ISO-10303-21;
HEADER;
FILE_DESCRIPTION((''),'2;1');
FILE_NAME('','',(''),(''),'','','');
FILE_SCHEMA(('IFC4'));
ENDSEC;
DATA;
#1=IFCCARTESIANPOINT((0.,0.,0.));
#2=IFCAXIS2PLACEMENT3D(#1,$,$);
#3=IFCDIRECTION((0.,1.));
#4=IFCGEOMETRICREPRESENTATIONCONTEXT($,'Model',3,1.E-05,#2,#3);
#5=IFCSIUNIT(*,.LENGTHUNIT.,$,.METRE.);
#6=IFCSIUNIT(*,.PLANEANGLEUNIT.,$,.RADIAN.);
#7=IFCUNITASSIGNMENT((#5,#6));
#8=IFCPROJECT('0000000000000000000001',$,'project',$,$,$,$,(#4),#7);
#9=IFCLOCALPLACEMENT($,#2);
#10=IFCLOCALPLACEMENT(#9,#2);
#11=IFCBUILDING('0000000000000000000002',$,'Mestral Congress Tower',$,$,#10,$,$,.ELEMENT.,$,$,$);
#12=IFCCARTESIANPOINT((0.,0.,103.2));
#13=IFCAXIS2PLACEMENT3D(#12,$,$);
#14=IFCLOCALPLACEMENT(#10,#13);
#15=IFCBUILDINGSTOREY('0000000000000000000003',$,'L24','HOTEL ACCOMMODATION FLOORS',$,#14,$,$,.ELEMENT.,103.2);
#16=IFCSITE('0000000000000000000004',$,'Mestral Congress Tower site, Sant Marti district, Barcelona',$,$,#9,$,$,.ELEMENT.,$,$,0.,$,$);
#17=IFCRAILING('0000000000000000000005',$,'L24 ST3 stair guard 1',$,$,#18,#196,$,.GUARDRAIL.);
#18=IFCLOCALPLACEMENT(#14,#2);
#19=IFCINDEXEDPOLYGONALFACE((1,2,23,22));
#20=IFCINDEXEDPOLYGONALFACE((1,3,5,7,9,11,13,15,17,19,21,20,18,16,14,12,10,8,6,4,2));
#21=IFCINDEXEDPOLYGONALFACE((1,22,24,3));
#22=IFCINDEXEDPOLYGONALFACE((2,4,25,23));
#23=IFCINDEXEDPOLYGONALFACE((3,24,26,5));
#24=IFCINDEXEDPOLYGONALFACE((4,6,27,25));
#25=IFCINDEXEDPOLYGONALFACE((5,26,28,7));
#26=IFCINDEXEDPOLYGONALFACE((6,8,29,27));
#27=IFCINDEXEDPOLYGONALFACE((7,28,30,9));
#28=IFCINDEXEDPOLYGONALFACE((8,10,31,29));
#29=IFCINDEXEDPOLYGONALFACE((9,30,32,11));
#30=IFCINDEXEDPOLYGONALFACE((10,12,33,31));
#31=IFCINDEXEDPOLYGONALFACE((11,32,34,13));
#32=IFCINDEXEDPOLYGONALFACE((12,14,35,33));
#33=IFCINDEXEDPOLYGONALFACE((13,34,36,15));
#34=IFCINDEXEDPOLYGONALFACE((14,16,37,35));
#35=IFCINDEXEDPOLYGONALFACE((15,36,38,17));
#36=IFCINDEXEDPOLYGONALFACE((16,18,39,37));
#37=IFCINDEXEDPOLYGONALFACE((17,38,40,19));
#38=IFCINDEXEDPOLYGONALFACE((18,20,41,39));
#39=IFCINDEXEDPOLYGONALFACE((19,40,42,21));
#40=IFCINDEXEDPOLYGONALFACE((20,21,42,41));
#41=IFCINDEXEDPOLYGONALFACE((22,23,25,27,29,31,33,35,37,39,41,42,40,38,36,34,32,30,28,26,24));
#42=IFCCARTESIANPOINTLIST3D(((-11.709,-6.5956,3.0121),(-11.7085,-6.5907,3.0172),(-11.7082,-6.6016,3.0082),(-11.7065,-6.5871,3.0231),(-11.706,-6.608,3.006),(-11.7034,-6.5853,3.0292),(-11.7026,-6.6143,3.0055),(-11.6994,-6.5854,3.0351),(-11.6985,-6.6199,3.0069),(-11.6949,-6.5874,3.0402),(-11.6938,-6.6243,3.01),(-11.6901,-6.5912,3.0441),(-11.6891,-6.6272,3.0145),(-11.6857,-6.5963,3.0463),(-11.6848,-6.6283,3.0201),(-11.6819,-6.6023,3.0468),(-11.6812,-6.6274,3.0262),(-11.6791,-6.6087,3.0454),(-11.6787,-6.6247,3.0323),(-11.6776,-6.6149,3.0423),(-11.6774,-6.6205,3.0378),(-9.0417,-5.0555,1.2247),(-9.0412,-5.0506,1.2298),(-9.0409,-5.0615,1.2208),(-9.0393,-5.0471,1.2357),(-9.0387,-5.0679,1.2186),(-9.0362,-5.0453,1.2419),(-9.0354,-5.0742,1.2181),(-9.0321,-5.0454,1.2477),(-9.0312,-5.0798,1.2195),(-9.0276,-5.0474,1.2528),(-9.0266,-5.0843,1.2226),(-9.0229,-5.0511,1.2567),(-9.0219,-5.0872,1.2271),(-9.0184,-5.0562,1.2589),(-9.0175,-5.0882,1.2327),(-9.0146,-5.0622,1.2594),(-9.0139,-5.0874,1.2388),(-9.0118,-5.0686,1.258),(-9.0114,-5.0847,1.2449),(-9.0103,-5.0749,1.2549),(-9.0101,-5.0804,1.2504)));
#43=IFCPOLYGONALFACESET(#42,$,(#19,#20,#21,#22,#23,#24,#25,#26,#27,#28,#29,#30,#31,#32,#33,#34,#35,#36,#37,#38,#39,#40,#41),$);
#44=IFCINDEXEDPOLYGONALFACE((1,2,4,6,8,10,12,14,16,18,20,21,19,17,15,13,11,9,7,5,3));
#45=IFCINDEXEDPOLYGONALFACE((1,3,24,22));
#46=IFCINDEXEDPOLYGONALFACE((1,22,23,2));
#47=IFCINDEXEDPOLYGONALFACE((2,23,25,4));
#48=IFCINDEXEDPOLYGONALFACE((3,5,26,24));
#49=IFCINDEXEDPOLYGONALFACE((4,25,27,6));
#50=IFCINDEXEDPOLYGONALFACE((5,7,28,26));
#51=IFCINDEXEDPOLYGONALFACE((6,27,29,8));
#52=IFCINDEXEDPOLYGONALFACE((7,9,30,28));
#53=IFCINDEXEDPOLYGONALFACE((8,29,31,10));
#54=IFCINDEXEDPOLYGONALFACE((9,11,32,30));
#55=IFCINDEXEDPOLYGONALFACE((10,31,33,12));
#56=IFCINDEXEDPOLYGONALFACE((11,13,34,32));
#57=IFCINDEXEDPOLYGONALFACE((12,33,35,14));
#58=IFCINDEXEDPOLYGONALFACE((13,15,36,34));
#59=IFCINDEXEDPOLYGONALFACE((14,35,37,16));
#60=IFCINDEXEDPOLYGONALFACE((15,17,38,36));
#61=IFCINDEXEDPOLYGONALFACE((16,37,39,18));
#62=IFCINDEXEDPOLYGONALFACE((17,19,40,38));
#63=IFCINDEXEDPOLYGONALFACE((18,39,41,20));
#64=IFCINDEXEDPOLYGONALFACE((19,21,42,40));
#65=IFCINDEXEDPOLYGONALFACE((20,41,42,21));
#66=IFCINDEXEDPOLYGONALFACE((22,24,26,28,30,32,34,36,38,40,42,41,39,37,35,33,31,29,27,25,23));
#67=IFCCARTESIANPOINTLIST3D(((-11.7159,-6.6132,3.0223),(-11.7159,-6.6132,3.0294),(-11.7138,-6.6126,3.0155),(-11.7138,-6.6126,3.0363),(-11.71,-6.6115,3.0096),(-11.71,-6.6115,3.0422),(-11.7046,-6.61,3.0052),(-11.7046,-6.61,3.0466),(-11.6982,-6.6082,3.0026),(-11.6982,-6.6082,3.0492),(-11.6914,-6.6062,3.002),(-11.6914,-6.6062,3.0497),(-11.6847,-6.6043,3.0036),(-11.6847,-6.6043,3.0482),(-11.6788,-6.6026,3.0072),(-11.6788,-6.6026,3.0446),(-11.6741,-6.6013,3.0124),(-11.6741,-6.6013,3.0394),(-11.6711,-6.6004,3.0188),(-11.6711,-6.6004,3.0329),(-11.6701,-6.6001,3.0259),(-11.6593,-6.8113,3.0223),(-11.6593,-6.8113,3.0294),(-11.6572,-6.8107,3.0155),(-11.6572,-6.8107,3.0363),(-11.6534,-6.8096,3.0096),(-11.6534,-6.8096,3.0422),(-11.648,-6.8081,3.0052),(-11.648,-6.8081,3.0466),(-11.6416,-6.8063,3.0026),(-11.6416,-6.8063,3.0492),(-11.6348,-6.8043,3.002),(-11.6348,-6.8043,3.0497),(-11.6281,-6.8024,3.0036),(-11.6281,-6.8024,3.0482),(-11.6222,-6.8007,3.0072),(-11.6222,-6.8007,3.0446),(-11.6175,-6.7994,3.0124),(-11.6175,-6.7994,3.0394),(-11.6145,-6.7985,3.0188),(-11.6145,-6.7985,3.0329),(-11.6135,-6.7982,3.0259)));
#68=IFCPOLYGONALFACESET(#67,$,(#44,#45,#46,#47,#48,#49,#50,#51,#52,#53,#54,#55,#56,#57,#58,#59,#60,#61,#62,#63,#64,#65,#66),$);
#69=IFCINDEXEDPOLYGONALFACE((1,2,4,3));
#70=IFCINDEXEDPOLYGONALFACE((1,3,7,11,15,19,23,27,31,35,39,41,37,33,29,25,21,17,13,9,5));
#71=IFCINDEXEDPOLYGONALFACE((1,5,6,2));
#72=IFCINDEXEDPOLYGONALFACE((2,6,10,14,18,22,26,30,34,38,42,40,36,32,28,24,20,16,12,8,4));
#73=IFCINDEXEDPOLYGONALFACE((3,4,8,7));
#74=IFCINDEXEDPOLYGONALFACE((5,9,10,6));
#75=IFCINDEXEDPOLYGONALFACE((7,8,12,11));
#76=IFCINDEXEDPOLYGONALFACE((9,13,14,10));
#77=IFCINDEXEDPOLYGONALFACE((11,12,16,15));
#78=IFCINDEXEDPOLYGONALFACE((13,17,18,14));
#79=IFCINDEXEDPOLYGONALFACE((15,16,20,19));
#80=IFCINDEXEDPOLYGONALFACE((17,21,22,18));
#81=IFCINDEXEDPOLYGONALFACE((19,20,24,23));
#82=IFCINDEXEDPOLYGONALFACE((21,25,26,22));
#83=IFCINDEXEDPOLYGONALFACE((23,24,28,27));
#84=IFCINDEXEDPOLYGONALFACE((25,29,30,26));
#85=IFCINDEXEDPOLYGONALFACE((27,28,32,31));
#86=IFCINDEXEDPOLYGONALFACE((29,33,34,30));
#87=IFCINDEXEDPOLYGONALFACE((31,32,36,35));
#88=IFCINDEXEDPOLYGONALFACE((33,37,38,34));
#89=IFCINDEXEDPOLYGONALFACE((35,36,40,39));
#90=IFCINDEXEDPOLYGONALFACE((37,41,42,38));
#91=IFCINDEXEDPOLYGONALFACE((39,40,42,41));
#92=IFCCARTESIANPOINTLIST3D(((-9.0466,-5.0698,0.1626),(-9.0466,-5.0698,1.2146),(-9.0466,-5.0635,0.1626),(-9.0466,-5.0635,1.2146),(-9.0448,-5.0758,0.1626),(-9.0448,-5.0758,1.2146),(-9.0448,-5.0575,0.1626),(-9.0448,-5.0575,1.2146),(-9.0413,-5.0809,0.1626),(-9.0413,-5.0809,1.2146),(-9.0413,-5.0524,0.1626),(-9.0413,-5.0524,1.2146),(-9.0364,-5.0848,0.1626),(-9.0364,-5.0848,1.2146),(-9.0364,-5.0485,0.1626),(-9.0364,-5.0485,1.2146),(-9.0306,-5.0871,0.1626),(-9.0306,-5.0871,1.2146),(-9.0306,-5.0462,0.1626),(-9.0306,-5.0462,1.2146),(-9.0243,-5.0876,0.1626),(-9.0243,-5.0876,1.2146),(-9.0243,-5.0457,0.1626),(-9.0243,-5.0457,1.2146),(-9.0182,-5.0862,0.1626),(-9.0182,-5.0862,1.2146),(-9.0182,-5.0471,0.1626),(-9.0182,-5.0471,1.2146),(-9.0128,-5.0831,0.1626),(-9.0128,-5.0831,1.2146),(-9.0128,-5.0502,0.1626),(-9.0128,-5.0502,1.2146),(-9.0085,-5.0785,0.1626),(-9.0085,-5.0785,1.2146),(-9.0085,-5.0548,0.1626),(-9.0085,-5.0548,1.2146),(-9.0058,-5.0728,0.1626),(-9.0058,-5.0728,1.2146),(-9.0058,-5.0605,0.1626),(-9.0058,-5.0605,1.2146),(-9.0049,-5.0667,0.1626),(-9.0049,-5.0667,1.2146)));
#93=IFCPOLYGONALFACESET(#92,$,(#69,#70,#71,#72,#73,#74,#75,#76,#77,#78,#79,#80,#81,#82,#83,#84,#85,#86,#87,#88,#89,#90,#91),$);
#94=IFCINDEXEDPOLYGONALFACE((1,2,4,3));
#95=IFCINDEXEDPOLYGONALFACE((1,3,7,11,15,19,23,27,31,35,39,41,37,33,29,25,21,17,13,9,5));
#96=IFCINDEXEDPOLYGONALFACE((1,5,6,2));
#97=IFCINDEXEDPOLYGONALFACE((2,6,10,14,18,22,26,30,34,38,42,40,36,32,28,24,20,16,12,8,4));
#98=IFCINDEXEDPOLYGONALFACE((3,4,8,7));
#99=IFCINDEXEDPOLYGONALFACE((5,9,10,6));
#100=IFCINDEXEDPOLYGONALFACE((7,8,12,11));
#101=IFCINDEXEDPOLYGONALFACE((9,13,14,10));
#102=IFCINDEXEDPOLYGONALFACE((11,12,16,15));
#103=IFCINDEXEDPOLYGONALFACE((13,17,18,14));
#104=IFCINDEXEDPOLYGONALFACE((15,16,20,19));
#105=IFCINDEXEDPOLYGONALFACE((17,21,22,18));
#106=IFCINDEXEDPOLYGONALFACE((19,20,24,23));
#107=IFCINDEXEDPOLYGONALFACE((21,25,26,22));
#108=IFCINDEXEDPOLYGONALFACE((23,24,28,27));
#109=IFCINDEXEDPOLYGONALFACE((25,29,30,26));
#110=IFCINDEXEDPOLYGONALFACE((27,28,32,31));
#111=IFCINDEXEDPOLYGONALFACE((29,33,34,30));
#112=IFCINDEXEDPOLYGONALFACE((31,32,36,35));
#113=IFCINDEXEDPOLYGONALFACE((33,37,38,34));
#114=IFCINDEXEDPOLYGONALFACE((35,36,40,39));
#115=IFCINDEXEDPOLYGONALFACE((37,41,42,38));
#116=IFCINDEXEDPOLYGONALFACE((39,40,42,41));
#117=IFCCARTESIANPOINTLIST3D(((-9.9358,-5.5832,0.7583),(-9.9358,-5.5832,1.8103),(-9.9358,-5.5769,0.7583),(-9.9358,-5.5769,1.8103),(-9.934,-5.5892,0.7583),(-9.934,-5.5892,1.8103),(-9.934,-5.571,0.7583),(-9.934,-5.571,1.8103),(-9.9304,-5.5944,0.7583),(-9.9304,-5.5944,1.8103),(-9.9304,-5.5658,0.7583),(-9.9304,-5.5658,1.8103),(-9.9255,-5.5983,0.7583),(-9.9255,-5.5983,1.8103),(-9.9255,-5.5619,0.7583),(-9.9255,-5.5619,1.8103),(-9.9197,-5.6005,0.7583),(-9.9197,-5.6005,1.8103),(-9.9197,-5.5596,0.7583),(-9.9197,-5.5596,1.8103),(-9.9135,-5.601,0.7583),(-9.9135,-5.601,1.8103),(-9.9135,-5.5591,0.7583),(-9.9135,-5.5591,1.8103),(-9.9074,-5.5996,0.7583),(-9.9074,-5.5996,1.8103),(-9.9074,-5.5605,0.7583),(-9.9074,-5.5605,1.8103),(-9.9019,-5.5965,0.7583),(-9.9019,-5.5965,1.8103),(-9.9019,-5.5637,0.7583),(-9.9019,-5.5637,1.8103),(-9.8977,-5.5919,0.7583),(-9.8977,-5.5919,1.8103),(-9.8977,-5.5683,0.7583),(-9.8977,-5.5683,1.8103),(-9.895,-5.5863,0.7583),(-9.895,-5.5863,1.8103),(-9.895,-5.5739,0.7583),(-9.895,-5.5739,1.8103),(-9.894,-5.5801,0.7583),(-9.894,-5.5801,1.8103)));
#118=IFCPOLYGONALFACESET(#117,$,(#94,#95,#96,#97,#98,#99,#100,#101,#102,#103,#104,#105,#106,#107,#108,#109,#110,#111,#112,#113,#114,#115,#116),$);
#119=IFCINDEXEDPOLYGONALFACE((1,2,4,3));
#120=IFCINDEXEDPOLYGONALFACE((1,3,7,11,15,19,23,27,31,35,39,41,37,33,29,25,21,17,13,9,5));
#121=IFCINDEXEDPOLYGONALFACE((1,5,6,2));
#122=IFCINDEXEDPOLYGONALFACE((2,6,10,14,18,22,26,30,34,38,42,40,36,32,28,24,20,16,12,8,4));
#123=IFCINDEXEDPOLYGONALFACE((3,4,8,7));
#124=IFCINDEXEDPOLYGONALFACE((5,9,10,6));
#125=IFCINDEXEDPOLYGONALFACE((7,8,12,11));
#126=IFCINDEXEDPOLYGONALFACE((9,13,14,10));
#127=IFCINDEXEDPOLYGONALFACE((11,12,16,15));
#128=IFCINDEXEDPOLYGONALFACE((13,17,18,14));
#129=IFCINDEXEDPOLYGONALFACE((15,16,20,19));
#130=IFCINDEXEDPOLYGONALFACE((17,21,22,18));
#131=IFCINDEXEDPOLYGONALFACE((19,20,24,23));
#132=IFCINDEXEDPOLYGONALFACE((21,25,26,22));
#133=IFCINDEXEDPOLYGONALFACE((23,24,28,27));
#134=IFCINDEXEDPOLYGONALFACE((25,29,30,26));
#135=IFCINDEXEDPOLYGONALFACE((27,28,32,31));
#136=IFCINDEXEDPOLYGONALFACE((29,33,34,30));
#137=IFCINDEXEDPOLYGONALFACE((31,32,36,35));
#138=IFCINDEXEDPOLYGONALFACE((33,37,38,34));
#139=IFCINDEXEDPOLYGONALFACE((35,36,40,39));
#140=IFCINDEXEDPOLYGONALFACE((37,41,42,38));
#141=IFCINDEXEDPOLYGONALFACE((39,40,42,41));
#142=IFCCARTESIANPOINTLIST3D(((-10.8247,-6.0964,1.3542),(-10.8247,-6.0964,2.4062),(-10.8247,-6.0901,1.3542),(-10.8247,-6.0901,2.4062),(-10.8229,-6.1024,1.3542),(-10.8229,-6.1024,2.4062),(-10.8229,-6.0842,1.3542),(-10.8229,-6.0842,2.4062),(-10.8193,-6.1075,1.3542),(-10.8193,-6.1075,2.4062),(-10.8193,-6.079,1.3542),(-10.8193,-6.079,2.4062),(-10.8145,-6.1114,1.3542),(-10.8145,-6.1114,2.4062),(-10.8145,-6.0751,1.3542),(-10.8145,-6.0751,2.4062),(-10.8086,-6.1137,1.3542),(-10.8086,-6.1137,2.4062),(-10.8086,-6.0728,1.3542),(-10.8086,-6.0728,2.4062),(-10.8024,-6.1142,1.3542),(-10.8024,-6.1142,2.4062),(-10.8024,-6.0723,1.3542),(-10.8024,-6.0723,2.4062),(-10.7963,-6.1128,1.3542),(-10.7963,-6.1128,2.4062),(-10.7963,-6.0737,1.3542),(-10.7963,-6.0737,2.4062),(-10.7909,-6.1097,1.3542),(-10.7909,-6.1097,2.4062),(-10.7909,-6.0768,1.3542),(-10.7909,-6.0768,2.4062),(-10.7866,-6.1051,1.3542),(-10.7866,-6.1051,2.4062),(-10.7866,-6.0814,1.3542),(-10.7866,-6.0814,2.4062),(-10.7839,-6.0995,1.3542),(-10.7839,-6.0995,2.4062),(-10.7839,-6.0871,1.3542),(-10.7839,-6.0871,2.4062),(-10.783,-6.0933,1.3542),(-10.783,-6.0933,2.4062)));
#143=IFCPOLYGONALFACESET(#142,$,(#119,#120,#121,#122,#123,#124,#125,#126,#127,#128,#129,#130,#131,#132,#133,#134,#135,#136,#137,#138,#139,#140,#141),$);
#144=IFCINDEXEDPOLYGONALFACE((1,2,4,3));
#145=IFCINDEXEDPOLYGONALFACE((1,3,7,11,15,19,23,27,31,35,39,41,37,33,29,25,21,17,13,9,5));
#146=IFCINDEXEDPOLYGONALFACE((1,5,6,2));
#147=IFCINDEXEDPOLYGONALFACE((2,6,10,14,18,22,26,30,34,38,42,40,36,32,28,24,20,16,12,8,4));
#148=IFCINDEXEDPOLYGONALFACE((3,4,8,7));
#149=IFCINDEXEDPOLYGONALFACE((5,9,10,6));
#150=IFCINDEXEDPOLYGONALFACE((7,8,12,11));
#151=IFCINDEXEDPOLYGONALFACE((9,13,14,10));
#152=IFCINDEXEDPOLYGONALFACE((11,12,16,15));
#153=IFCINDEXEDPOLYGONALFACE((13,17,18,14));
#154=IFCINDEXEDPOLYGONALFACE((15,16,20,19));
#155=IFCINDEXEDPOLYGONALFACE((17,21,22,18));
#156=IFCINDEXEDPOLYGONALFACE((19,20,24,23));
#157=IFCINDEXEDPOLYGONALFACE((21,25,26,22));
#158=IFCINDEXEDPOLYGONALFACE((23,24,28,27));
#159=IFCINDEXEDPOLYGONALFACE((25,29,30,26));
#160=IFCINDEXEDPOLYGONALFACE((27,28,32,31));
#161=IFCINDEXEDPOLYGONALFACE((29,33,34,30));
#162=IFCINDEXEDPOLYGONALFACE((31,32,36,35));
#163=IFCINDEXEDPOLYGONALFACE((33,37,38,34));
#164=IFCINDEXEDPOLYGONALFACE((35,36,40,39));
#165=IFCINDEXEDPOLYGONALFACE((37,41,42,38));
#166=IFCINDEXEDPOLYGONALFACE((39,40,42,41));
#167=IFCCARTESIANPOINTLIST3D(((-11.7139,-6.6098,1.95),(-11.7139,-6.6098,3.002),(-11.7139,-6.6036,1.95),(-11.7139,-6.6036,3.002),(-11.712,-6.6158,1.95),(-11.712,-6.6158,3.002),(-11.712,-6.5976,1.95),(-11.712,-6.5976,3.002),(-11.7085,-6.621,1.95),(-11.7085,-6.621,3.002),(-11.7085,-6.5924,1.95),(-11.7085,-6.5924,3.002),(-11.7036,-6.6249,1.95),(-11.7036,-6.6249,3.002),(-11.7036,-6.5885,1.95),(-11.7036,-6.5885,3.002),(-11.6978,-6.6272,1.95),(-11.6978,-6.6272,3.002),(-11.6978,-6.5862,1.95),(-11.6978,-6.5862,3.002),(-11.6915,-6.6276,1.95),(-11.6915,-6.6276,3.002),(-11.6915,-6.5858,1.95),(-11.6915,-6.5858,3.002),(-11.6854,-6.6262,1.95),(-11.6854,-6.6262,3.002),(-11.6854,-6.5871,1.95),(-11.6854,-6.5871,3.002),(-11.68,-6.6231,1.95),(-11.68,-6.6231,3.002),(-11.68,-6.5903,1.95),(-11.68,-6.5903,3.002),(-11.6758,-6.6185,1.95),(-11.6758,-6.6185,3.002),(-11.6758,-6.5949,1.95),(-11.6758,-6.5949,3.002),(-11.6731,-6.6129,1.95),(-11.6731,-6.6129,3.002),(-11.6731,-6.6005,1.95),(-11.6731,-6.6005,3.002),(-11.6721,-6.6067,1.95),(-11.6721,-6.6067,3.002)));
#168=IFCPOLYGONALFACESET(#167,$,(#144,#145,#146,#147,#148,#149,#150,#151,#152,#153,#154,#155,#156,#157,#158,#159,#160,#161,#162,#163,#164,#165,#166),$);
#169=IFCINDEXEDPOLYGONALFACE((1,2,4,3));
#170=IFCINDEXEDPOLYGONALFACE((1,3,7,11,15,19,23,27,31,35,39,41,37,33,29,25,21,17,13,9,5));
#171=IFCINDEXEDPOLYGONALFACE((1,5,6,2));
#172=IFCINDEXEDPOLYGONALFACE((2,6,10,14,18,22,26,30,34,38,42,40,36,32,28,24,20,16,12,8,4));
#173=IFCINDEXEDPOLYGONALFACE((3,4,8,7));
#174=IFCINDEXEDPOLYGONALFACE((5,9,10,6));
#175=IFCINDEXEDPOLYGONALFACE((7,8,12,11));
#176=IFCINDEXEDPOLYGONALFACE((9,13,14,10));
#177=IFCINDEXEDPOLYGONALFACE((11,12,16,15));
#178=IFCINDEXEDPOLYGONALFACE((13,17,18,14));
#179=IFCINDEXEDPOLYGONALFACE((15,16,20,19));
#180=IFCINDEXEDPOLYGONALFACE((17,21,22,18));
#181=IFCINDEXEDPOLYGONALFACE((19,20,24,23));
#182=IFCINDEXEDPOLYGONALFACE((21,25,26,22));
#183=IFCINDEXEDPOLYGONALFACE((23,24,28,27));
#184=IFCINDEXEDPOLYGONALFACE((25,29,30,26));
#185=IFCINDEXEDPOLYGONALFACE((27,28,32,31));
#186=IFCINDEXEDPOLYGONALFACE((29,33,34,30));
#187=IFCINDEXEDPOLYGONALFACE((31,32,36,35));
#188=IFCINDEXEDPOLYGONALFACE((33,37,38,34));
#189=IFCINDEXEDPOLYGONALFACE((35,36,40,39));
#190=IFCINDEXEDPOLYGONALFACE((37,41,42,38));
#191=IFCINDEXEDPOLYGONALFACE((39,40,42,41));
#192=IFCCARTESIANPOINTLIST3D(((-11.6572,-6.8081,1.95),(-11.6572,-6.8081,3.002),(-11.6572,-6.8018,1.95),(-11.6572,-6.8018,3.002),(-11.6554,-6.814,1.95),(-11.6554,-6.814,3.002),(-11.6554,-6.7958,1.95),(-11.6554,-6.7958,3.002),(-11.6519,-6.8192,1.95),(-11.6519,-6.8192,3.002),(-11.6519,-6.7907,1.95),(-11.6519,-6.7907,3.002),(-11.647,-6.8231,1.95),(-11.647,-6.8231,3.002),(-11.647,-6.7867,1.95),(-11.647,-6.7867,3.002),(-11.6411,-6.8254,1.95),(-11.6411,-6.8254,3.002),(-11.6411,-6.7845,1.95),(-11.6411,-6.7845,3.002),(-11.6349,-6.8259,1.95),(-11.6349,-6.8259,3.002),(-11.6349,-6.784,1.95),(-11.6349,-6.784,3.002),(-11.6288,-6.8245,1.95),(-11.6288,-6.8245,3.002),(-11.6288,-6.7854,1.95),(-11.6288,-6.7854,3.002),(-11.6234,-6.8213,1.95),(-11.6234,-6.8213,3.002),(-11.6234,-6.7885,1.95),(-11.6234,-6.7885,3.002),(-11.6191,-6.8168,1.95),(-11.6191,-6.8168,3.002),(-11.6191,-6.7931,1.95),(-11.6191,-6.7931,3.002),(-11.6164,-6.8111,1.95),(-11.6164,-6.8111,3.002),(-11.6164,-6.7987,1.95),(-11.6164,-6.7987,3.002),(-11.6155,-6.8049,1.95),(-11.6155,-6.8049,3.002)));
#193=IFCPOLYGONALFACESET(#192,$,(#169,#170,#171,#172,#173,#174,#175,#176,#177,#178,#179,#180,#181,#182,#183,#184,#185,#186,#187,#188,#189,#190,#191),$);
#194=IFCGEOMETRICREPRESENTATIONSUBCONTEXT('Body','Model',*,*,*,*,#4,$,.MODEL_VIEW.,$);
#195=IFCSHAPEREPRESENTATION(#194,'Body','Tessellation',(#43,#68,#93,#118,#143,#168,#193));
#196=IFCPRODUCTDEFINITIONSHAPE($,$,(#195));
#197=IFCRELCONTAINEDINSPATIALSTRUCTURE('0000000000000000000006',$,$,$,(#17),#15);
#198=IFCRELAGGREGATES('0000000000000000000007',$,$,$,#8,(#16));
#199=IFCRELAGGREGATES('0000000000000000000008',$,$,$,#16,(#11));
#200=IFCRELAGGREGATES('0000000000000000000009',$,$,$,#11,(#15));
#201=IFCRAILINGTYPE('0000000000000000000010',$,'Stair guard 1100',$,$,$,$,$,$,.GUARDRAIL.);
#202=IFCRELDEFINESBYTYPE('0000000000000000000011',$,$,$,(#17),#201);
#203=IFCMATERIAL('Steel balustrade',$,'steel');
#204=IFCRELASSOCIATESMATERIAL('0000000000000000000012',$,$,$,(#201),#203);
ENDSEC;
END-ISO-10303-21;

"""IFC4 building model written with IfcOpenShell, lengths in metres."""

from ifc_helpers import new_model, si_unit, direction, frame, origin, origin_2d, place, context, subcontext, project, spatial, circle, extrude, material, type_object, element, save


model = new_model("IFC4")

# Units and contexts
model_context = context("Model", 3, precision=1e-05, world=origin(), true_north=direction((0.0, 1.0)))
body_context = subcontext(model_context, "Body", "Model", "MODEL_VIEW")
ifc_project = project(units=[si_unit("LENGTHUNIT", "METRE"), si_unit("PLANEANGLEUNIT", "RADIAN")], contexts=[model_context])

# Site, building, storey
site_placement = place(None, origin())
site = spatial("IfcSite", under=ifc_project, at=site_placement, Name="Mestral Congress Tower site, Sant Marti district, Barcelona", CompositionType="ELEMENT", RefElevation=0.0)
building_placement = place(site_placement, origin())
building = spatial("IfcBuilding", under=site, at=building_placement, Name="Mestral Congress Tower", CompositionType="ELEMENT")
storey_placement = place(building_placement, frame((0.0, 0.0, 103.2)))
storey = spatial("IfcBuildingStorey", under=building, at=storey_placement, Name="L24", Description="HOTEL ACCOMMODATION FLOORS", CompositionType="ELEMENT", Elevation=103.2)

# Railing
ifc_material_1 = material(Name="Steel balustrade", Category="steel")
railing_type_1 = type_object("IfcRailingType", Name="Stair guard 1100", PredefinedType="GUARDRAIL", material=ifc_material_1)
railing_1_placement = place(storey_placement, frame((-9.0259, -5.0667, 0.1626)))
element("IfcRailing", 1, at=railing_1_placement, inside=storey, type_object=railing_type_1, Name="L24 ST3 stair guard 1", PredefinedType="GUARDRAIL", context=body_context, shape_type="SweptSolid", body=[
    extrude(circle(Radius=0.0239, at=origin_2d()), frame((0.0, 0.0, 1.0762), z_axis=(-0.74902, -0.432477, 0.501929), x_axis=(0.500027, -0.86601, 0.0)), (0.0, 0.0, 1.0), 3.561),
    extrude(circle(Radius=0.0239, at=origin_2d()), frame((-2.6672, -1.54, 2.8633), z_axis=(0.274721, -0.961524, 0.0), x_axis=(0.961524, 0.274721, 0.0)), (0.0, 0.0, 1.0), 0.2061),
    extrude(circle(Radius=0.021, at=origin_2d()), origin(), (0.0, 0.0, 1.0), 1.052),
    extrude(circle(Radius=0.021, at=origin_2d()), frame((-0.8892, -0.5134, 0.5957)), (0.0, 0.0, 1.0), 1.052),
    extrude(circle(Radius=0.021, at=origin_2d()), frame((-1.7781, -1.0266, 1.1917)), (0.0, 0.0, 1.0), 1.052),
    extrude(circle(Radius=0.021, at=origin_2d()), frame((-2.6672, -1.54, 1.7874)), (0.0, 0.0, 1.0), 1.052),
    extrude(circle(Radius=0.021, at=origin_2d()), frame((-2.6106, -1.7383, 1.7874)), (0.0, 0.0, 1.0), 1.052),
])

save(model, "model.ifc")
